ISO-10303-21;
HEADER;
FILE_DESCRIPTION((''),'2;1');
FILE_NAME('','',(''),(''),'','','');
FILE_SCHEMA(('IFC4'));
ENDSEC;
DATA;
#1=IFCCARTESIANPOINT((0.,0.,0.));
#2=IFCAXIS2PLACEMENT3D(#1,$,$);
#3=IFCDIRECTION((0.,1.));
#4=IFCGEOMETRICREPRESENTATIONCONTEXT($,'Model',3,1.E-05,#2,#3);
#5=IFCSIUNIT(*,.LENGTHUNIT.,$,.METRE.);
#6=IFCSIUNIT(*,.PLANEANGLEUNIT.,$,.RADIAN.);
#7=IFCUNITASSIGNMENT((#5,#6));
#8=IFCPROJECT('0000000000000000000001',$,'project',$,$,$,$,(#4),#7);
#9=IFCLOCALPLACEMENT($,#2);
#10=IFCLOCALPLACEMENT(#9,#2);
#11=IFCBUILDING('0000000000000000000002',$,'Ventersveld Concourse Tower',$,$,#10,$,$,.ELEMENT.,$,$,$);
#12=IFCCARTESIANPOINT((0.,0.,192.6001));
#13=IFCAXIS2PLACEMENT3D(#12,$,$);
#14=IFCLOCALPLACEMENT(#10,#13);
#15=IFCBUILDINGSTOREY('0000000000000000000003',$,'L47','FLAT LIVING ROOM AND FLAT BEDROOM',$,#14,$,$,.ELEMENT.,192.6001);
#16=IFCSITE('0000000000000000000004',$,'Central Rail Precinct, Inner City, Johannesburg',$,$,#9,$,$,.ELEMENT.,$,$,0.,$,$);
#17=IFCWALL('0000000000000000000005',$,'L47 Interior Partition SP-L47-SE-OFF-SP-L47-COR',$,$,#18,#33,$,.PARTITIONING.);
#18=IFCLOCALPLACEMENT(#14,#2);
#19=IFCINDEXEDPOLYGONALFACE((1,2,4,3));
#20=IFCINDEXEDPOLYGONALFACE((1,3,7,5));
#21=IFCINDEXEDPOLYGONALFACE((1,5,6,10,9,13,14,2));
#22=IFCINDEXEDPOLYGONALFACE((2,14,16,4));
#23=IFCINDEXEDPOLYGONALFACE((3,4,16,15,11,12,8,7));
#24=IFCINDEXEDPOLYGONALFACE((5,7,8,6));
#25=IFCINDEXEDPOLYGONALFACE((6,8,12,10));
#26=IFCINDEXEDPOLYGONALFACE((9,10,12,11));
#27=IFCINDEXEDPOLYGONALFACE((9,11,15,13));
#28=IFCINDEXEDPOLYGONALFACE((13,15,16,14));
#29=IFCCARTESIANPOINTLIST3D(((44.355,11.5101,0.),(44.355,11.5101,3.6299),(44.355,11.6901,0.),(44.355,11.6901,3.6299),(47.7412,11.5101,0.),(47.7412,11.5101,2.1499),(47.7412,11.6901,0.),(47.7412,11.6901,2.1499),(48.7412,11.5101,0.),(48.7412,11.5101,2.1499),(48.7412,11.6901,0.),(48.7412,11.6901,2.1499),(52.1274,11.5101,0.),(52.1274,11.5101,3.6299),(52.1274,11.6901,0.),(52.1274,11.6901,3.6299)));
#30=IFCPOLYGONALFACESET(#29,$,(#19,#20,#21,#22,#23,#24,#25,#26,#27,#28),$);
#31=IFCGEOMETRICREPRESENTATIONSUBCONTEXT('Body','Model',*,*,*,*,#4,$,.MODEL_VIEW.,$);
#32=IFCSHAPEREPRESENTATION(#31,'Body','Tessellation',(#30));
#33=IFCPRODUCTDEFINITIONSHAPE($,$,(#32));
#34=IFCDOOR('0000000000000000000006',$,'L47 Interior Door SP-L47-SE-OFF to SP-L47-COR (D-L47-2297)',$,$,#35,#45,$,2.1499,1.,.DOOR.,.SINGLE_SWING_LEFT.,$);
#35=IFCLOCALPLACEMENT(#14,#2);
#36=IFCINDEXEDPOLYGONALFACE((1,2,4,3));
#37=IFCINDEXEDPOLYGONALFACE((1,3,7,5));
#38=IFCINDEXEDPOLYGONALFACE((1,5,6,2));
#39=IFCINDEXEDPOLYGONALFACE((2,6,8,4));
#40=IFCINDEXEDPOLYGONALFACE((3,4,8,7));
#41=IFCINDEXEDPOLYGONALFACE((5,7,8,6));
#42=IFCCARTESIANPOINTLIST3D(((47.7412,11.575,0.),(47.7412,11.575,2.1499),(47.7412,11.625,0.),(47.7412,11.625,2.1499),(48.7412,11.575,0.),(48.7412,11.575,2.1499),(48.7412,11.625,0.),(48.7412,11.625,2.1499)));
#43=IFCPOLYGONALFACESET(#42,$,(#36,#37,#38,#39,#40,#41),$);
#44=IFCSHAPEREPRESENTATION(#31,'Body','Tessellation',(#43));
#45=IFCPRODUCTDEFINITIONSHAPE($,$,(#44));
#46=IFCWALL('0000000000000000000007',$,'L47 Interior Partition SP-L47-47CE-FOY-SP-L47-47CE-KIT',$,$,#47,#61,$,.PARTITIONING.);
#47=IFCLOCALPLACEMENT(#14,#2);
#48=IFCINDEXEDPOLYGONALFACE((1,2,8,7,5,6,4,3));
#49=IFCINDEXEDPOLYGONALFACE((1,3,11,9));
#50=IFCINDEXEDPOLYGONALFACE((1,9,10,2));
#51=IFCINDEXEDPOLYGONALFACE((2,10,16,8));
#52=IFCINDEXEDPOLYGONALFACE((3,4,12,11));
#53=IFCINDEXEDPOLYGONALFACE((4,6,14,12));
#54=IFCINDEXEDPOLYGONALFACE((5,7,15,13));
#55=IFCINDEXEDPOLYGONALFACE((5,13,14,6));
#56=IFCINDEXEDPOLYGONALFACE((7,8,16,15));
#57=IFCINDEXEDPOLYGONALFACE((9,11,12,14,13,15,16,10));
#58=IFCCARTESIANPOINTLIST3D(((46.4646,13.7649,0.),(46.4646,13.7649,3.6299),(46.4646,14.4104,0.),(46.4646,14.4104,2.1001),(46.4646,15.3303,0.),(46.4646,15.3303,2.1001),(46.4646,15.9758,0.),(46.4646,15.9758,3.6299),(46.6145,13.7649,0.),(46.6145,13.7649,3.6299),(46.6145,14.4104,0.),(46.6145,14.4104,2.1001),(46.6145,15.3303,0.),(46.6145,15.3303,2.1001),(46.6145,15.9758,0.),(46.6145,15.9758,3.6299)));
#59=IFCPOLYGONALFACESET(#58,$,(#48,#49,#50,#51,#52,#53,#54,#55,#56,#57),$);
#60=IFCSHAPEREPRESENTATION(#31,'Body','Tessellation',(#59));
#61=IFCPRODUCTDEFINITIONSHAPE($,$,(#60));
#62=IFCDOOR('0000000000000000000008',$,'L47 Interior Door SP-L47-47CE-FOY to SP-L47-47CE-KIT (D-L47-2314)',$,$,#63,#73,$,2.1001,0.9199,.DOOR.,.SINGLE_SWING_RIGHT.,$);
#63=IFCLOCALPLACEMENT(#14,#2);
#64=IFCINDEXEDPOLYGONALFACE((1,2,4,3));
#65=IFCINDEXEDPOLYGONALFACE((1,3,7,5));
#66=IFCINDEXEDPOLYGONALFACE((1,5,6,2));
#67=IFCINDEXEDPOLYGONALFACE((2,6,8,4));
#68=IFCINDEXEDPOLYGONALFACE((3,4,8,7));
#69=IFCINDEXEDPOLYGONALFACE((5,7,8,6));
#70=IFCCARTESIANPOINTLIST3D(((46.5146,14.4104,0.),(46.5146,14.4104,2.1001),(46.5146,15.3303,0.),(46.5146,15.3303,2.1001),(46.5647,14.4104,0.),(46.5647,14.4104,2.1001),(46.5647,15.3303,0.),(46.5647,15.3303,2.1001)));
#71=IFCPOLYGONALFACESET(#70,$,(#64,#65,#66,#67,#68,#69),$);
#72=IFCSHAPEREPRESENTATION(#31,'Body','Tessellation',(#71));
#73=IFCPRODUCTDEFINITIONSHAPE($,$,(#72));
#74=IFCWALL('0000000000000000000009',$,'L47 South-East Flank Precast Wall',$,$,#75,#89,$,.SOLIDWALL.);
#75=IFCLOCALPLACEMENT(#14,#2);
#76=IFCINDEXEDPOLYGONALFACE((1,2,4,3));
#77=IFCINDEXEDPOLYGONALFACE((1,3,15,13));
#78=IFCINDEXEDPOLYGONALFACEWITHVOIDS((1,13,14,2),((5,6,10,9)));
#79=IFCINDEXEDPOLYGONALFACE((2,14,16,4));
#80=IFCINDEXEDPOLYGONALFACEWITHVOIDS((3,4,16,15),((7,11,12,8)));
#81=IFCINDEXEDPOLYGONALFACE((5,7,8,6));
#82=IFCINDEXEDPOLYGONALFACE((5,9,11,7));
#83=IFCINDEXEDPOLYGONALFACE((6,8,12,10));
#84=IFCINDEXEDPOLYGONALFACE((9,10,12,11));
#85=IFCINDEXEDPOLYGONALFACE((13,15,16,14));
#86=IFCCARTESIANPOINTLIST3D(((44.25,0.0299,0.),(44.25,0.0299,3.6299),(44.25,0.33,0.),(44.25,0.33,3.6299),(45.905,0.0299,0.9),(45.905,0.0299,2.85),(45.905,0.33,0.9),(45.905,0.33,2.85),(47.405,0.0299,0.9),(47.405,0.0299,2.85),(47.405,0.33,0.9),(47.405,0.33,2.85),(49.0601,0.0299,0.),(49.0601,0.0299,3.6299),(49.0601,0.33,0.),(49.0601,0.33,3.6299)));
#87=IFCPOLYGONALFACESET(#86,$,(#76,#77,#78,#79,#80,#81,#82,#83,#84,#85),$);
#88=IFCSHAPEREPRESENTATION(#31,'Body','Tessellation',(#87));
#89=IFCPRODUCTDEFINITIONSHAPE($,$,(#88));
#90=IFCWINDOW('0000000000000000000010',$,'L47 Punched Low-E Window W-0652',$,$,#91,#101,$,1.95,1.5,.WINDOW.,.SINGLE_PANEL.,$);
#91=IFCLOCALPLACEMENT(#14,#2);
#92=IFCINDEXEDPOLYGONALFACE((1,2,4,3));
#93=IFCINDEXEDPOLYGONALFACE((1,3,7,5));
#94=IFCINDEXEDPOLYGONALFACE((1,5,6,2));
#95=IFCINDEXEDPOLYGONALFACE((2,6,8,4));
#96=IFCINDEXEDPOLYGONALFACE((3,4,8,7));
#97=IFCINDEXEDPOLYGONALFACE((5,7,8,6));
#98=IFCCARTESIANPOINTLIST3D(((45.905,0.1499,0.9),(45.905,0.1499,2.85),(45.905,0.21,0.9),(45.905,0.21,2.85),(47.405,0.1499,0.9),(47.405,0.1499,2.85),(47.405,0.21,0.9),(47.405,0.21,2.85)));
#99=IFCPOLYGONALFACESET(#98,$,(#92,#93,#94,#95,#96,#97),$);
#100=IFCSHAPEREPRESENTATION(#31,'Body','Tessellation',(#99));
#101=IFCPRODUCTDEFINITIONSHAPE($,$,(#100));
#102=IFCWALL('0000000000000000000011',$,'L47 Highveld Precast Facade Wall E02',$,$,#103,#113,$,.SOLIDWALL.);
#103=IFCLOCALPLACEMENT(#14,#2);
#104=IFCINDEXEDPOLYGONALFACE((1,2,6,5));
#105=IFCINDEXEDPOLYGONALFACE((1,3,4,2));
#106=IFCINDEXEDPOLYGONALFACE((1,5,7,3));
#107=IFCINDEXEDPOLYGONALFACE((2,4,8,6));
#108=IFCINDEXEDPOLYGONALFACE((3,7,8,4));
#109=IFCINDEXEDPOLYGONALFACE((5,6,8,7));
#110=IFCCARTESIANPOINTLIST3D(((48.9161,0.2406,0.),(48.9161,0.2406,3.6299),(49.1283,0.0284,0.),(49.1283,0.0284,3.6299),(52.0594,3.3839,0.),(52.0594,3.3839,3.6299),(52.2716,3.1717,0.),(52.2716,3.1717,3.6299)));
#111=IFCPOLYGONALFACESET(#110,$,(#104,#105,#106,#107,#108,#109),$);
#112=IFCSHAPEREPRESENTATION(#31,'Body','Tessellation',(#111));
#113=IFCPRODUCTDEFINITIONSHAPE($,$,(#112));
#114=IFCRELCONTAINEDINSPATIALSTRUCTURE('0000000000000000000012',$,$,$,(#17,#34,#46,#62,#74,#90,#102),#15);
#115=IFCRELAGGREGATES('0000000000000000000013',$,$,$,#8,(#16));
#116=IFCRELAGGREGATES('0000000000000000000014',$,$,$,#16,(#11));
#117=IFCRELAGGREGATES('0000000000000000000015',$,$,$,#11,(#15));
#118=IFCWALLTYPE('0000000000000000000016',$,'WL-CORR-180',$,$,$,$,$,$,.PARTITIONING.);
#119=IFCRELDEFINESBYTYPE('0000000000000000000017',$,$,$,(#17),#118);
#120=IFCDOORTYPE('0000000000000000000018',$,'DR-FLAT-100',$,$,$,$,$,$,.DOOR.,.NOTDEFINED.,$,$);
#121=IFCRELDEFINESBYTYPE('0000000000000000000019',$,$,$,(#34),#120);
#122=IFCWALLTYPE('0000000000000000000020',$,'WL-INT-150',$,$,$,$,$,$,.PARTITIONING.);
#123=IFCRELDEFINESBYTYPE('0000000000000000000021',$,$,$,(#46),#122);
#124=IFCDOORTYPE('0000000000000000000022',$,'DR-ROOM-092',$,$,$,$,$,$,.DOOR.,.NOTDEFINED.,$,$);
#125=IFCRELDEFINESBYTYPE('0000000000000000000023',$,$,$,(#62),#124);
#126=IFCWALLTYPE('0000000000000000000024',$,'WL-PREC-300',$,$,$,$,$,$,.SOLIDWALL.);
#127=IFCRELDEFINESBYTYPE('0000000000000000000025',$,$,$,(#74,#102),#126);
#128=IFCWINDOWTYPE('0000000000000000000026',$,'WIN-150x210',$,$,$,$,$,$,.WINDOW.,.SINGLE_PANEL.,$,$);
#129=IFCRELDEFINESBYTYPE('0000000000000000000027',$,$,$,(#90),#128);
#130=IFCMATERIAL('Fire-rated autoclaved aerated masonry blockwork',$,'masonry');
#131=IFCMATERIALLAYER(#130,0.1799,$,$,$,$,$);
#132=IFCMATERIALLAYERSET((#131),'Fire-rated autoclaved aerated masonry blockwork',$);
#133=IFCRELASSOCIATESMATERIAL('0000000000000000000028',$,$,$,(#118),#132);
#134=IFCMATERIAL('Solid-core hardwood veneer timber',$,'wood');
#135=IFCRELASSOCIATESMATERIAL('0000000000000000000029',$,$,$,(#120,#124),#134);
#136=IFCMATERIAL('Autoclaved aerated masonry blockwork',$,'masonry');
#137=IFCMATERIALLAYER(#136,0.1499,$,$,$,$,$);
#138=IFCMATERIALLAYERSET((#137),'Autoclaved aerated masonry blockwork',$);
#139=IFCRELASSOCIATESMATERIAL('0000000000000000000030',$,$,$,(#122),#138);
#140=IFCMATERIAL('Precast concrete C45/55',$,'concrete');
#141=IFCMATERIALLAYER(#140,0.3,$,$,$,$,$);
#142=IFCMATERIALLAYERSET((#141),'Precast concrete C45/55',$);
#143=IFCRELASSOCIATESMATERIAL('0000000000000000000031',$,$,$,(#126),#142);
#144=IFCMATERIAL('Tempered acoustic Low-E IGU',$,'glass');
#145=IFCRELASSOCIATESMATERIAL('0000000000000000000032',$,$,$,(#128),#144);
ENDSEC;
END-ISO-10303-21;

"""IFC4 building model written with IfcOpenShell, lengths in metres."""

from ifc_helpers import new_model, si_unit, direction, frame, frame_2d, origin, place, context, subcontext, project, spatial, rectangle, extrude, material, layer, layer_set, type_object, element, fill, save


model = new_model("IFC4")

# Units and contexts
model_context = context("Model", 3, precision=1e-05, world=origin(), true_north=direction((0.0, 1.0)))
body_context = subcontext(model_context, "Body", "Model", "MODEL_VIEW")
ifc_project = project(units=[si_unit("LENGTHUNIT", "METRE"), si_unit("PLANEANGLEUNIT", "RADIAN")], contexts=[model_context])

# Site, building, storey
site_placement = place(None, origin())
site = spatial("IfcSite", under=ifc_project, at=site_placement, Name="Central Rail Precinct, Inner City, Johannesburg", CompositionType="ELEMENT", RefElevation=0.0)
building_placement = place(site_placement, origin())
building = spatial("IfcBuilding", under=site, at=building_placement, Name="Ventersveld Concourse Tower", CompositionType="ELEMENT")
storey_placement = place(building_placement, frame((0.0, 0.0, 192.6001)))
storey = spatial("IfcBuildingStorey", under=building, at=storey_placement, Name="L47", Description="FLAT LIVING ROOM AND FLAT BEDROOM", CompositionType="ELEMENT", Elevation=192.6001)

# Walls, openings, doors
ifc_material_1 = material(Name="Fire-rated autoclaved aerated masonry blockwork", Category="masonry")
ifc_layer_1 = layer(ifc_material_1, 0.1799)
ifc_layer_set_1 = layer_set([ifc_layer_1], Name="Fire-rated autoclaved aerated masonry blockwork")
wall_type_1 = type_object("IfcWallType", Name="WL-CORR-180", PredefinedType="PARTITIONING", material=ifc_layer_set_1)
wall_1_placement = place(storey_placement, frame((44.355, 11.6001, 0.0), z_axis=(0.0, 0.0, 1.0), x_axis=(1.0, 0.0, 0.0)))
wall_1 = element("IfcWall", 1, at=wall_1_placement, inside=storey, type_object=wall_type_1, Name="L47 Interior Partition SP-L47-SE-OFF-SP-L47-COR", PredefinedType="PARTITIONING", context=body_context, shape_type="SweptSolid", body=[
    extrude(rectangle(XDim=7.7725, YDim=0.1799, at=frame_2d((3.8862, 0.0))), origin(), (0.0, 0.0, 1.0), 3.6299),
])
opening_1_placement = place(wall_1_placement, frame((3.3862, 0.0, 0.0)))
opening_1 = element("IfcOpeningElement", 2, at=opening_1_placement, cuts=wall_1, PredefinedType="OPENING", context=body_context, shape_type="SweptSolid", body=[
    extrude(rectangle(XDim=1.0, YDim=2.1499, at=frame_2d((0.5, 1.075))), frame((0.0, 0.1001, 0.0), z_axis=(0.0, -1.0, 0.0), x_axis=(1.0, 0.0, 0.0)), (0.0, 0.0, 1.0), 0.2),
])
ifc_material_2 = material(Name="Solid-core hardwood veneer timber", Category="wood")
door_type_1 = type_object("IfcDoorType", Name="DR-FLAT-100", OperationType="NOTDEFINED", PredefinedType="DOOR", material=ifc_material_2)
door_1_placement = place(opening_1_placement, origin())
door_1 = element("IfcDoor", 3, at=door_1_placement, inside=storey, type_object=door_type_1, Name="L47 Interior Door SP-L47-SE-OFF to SP-L47-COR (D-L47-2297)", OperationType="SINGLE_SWING_LEFT", OverallHeight=2.1499, OverallWidth=1.0, PredefinedType="DOOR", context=body_context, shape_type="SweptSolid", body=[
    extrude(rectangle(XDim=1.0, YDim=2.1499, at=frame_2d((0.5, 1.075))), frame((0.0, 0.0249, 0.0), z_axis=(0.0, -1.0, 0.0), x_axis=(1.0, 0.0, 0.0)), (0.0, 0.0, 1.0), 0.05),
])
fill(opening_1, door_1)
ifc_material_3 = material(Name="Autoclaved aerated masonry blockwork", Category="masonry")
ifc_layer_2 = layer(ifc_material_3, 0.1499)
ifc_layer_set_2 = layer_set([ifc_layer_2], Name="Autoclaved aerated masonry blockwork")
wall_type_2 = type_object("IfcWallType", Name="WL-INT-150", PredefinedType="PARTITIONING", material=ifc_layer_set_2)
wall_2_placement = place(storey_placement, frame((46.5396, 13.7649, 0.0), z_axis=(0.0, 0.0, 1.0), x_axis=(0.0, 1.0, 0.0)))
wall_2 = element("IfcWall", 4, at=wall_2_placement, inside=storey, type_object=wall_type_2, Name="L47 Interior Partition SP-L47-47CE-FOY-SP-L47-47CE-KIT", PredefinedType="PARTITIONING", context=body_context, shape_type="SweptSolid", body=[
    extrude(rectangle(XDim=2.2109, YDim=0.1499, at=frame_2d((1.1055, 0.0))), origin(), (0.0, 0.0, 1.0), 3.6299),
])
opening_2_placement = place(wall_2_placement, frame((0.6455, 0.0, 0.0)))
opening_2 = element("IfcOpeningElement", 5, at=opening_2_placement, cuts=wall_2, PredefinedType="OPENING", context=body_context, shape_type="SweptSolid", body=[
    extrude(rectangle(XDim=0.9199, YDim=2.1001, at=frame_2d((0.46, 1.05))), frame((0.0, 0.085, 0.0), z_axis=(0.0, -1.0, 0.0), x_axis=(1.0, 0.0, 0.0)), (0.0, 0.0, 1.0), 0.1699),
])
door_type_2 = type_object("IfcDoorType", Name="DR-ROOM-092", OperationType="NOTDEFINED", PredefinedType="DOOR", material=ifc_material_2)
door_2_placement = place(opening_2_placement, origin())
door_2 = element("IfcDoor", 6, at=door_2_placement, inside=storey, type_object=door_type_2, Name="L47 Interior Door SP-L47-47CE-FOY to SP-L47-47CE-KIT (D-L47-2314)", OperationType="SINGLE_SWING_RIGHT", OverallHeight=2.1001, OverallWidth=0.9199, PredefinedType="DOOR", context=body_context, shape_type="SweptSolid", body=[
    extrude(rectangle(XDim=0.9199, YDim=2.1001, at=frame_2d((0.46, 1.05))), frame((0.0, 0.0249, 0.0), z_axis=(0.0, -1.0, 0.0), x_axis=(1.0, 0.0, 0.0)), (0.0, 0.0, 1.0), 0.05),
])
fill(opening_2, door_2)

# Wall, opening, window
ifc_material_4 = material(Name="Precast concrete C45/55", Category="concrete")
ifc_layer_3 = layer(ifc_material_4, 0.3)
ifc_layer_set_3 = layer_set([ifc_layer_3], Name="Precast concrete C45/55")
wall_type_3 = type_object("IfcWallType", Name="WL-PREC-300", PredefinedType="SOLIDWALL", material=ifc_layer_set_3)
wall_3_placement = place(storey_placement, frame((44.25, 0.1799, 0.0), z_axis=(0.0, 0.0, 1.0), x_axis=(1.0, 0.0, 0.0)))
wall_3 = element("IfcWall", 7, at=wall_3_placement, inside=storey, type_object=wall_type_3, Name="L47 South-East Flank Precast Wall", PredefinedType="SOLIDWALL", context=body_context, shape_type="SweptSolid", body=[
    extrude(rectangle(XDim=4.8101, YDim=0.3, at=frame_2d((2.405, 0.0))), origin(), (0.0, 0.0, 1.0), 3.6299),
])
opening_3_placement = place(wall_3_placement, frame((1.655, 0.0, 0.8999)))
opening_3 = element("IfcOpeningElement", 8, at=opening_3_placement, cuts=wall_3, PredefinedType="OPENING", context=body_context, shape_type="SweptSolid", body=[
    extrude(rectangle(XDim=1.5, YDim=1.95, at=frame_2d((0.75, 0.9751))), frame((0.0, 0.1602, 0.0), z_axis=(0.0, -1.0, 0.0), x_axis=(1.0, 0.0, 0.0)), (0.0, 0.0, 1.0), 0.3201),
])
ifc_material_5 = material(Name="Tempered acoustic Low-E IGU", Category="glass")
window_type_1 = type_object("IfcWindowType", Name="WIN-150x210", PartitioningType="SINGLE_PANEL", PredefinedType="WINDOW", material=ifc_material_5)
window_1_placement = place(opening_3_placement, origin())
window_1 = element("IfcWindow", 9, at=window_1_placement, inside=storey, type_object=window_type_1, Name="L47 Punched Low-E Window W-0652", OverallHeight=1.95, OverallWidth=1.5, PartitioningType="SINGLE_PANEL", PredefinedType="WINDOW", context=body_context, shape_type="SweptSolid", body=[
    extrude(rectangle(XDim=1.5, YDim=1.95, at=frame_2d((0.75, 0.9751))), frame((0.0, 0.03, 0.0), z_axis=(0.0, -1.0, 0.0), x_axis=(1.0, 0.0, 0.0)), (0.0, 0.0, 1.0), 0.0601),
])
fill(opening_3, window_1)

# Wall
wall_4_placement = place(storey_placement, frame((49.0222, 0.1345, 0.0), z_axis=(0.0, 0.0, 1.0), x_axis=(0.707107, 0.707107, 0.0)))
element("IfcWall", 10, at=wall_4_placement, inside=storey, type_object=wall_type_3, Name="L47 Highveld Precast Facade Wall E02", PredefinedType="SOLIDWALL", context=body_context, shape_type="SweptSolid", body=[
    extrude(rectangle(XDim=4.4453, YDim=0.3, at=frame_2d((2.2227, 0.0))), origin(), (0.0, 0.0, 1.0), 3.6299),
])

save(model, "model.ifc")
